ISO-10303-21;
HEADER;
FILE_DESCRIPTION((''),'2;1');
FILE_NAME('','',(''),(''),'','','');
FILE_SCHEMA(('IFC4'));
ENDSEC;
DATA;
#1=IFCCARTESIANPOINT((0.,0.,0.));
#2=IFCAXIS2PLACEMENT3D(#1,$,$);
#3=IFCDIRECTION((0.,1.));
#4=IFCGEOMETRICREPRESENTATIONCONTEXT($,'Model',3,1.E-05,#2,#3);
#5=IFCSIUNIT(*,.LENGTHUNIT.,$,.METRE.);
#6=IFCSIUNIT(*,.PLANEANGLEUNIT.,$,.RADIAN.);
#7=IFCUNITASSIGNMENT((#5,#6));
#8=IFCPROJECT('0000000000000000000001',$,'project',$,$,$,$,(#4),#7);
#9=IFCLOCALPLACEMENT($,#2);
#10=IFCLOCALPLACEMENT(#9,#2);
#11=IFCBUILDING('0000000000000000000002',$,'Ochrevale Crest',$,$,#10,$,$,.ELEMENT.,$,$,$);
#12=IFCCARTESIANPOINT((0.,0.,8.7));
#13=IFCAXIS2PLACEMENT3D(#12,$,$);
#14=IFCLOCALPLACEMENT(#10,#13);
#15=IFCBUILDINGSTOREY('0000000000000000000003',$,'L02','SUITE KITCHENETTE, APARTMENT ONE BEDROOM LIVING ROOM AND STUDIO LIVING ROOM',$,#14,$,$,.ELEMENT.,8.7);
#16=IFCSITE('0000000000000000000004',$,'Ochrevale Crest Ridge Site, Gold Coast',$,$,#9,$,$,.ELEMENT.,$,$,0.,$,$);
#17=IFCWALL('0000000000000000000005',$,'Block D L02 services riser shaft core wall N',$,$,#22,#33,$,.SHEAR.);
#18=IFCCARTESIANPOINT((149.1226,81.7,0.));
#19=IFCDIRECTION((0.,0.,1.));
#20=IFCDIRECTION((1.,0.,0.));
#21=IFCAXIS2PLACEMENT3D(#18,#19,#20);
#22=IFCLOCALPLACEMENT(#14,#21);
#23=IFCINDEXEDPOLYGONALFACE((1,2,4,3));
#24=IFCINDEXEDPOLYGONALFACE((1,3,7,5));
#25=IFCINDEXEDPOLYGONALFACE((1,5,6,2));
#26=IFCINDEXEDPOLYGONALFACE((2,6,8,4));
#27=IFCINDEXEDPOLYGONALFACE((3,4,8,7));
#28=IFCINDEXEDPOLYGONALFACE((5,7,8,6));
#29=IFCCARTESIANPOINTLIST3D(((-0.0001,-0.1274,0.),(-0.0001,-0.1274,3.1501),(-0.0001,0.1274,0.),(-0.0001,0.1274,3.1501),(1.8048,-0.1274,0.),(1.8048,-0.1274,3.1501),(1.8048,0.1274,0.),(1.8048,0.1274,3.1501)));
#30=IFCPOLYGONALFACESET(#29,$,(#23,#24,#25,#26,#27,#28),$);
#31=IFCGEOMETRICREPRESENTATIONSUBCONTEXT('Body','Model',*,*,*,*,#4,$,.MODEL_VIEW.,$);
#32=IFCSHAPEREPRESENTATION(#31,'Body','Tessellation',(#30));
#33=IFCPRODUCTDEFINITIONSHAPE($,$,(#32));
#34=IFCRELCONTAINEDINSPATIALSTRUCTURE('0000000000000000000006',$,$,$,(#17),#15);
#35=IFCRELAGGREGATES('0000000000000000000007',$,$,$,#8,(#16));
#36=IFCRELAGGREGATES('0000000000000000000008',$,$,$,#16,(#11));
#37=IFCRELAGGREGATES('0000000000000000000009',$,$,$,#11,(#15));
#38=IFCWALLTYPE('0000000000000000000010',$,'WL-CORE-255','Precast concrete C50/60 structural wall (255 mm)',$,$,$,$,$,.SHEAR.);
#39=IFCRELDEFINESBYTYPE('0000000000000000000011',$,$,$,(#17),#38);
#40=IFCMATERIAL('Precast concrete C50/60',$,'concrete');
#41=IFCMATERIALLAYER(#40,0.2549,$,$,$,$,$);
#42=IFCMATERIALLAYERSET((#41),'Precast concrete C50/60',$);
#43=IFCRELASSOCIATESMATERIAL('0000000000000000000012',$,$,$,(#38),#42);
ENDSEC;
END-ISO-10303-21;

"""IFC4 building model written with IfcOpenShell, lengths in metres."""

from ifc_helpers import new_model, si_unit, direction, frame, frame_2d, origin, place, context, subcontext, project, spatial, rectangle, extrude, material, layer, layer_set, type_object, element, save


model = new_model("IFC4")

# Units and contexts
model_context = context("Model", 3, precision=1e-05, world=origin(), true_north=direction((0.0, 1.0)))
body_context = subcontext(model_context, "Body", "Model", "MODEL_VIEW")
ifc_project = project(units=[si_unit("LENGTHUNIT", "METRE"), si_unit("PLANEANGLEUNIT", "RADIAN")], contexts=[model_context])

# Site, building, storey
site_placement = place(None, origin())
site = spatial("IfcSite", under=ifc_project, at=site_placement, Name="Ochrevale Crest Ridge Site, Gold Coast", CompositionType="ELEMENT", RefElevation=0.0)
building_placement = place(site_placement, origin())
building = spatial("IfcBuilding", under=site, at=building_placement, Name="Ochrevale Crest", CompositionType="ELEMENT")
storey_placement = place(building_placement, frame((0.0, 0.0, 8.7)))
storey = spatial("IfcBuildingStorey", under=building, at=storey_placement, Name="L02", Description="SUITE KITCHENETTE, APARTMENT ONE BEDROOM LIVING ROOM AND STUDIO LIVING ROOM", CompositionType="ELEMENT", Elevation=8.7)

# Shared definitions
ifc_material_1 = material(Name="Precast concrete C50/60", Category="concrete")

# Shared definitions
ifc_layer_1 = layer(ifc_material_1, 0.2549)
ifc_layer_set_1 = layer_set([ifc_layer_1], Name="Precast concrete C50/60")
wall_type_1 = type_object("IfcWallType", Name="WL-CORE-255", Description="Precast concrete C50/60 structural wall (255 mm)", PredefinedType="SHEAR", material=ifc_layer_set_1)

# Wall
wall_1_placement = place(storey_placement, frame((149.1226, 81.7, 0.0), z_axis=(0.0, 0.0, 1.0), x_axis=(1.0, 0.0, 0.0)))
element("IfcWall", 1, at=wall_1_placement, inside=storey, type_object=wall_type_1, Name="Block D L02 services riser shaft core wall N", PredefinedType="SHEAR", context=body_context, shape_type="SweptSolid", body=[
    extrude(rectangle(XDim=1.8049, YDim=0.2549, at=frame_2d((0.9023, 0.0))), origin(), (0.0, 0.0, 1.0), 3.1501),
])

save(model, "model.ifc")
